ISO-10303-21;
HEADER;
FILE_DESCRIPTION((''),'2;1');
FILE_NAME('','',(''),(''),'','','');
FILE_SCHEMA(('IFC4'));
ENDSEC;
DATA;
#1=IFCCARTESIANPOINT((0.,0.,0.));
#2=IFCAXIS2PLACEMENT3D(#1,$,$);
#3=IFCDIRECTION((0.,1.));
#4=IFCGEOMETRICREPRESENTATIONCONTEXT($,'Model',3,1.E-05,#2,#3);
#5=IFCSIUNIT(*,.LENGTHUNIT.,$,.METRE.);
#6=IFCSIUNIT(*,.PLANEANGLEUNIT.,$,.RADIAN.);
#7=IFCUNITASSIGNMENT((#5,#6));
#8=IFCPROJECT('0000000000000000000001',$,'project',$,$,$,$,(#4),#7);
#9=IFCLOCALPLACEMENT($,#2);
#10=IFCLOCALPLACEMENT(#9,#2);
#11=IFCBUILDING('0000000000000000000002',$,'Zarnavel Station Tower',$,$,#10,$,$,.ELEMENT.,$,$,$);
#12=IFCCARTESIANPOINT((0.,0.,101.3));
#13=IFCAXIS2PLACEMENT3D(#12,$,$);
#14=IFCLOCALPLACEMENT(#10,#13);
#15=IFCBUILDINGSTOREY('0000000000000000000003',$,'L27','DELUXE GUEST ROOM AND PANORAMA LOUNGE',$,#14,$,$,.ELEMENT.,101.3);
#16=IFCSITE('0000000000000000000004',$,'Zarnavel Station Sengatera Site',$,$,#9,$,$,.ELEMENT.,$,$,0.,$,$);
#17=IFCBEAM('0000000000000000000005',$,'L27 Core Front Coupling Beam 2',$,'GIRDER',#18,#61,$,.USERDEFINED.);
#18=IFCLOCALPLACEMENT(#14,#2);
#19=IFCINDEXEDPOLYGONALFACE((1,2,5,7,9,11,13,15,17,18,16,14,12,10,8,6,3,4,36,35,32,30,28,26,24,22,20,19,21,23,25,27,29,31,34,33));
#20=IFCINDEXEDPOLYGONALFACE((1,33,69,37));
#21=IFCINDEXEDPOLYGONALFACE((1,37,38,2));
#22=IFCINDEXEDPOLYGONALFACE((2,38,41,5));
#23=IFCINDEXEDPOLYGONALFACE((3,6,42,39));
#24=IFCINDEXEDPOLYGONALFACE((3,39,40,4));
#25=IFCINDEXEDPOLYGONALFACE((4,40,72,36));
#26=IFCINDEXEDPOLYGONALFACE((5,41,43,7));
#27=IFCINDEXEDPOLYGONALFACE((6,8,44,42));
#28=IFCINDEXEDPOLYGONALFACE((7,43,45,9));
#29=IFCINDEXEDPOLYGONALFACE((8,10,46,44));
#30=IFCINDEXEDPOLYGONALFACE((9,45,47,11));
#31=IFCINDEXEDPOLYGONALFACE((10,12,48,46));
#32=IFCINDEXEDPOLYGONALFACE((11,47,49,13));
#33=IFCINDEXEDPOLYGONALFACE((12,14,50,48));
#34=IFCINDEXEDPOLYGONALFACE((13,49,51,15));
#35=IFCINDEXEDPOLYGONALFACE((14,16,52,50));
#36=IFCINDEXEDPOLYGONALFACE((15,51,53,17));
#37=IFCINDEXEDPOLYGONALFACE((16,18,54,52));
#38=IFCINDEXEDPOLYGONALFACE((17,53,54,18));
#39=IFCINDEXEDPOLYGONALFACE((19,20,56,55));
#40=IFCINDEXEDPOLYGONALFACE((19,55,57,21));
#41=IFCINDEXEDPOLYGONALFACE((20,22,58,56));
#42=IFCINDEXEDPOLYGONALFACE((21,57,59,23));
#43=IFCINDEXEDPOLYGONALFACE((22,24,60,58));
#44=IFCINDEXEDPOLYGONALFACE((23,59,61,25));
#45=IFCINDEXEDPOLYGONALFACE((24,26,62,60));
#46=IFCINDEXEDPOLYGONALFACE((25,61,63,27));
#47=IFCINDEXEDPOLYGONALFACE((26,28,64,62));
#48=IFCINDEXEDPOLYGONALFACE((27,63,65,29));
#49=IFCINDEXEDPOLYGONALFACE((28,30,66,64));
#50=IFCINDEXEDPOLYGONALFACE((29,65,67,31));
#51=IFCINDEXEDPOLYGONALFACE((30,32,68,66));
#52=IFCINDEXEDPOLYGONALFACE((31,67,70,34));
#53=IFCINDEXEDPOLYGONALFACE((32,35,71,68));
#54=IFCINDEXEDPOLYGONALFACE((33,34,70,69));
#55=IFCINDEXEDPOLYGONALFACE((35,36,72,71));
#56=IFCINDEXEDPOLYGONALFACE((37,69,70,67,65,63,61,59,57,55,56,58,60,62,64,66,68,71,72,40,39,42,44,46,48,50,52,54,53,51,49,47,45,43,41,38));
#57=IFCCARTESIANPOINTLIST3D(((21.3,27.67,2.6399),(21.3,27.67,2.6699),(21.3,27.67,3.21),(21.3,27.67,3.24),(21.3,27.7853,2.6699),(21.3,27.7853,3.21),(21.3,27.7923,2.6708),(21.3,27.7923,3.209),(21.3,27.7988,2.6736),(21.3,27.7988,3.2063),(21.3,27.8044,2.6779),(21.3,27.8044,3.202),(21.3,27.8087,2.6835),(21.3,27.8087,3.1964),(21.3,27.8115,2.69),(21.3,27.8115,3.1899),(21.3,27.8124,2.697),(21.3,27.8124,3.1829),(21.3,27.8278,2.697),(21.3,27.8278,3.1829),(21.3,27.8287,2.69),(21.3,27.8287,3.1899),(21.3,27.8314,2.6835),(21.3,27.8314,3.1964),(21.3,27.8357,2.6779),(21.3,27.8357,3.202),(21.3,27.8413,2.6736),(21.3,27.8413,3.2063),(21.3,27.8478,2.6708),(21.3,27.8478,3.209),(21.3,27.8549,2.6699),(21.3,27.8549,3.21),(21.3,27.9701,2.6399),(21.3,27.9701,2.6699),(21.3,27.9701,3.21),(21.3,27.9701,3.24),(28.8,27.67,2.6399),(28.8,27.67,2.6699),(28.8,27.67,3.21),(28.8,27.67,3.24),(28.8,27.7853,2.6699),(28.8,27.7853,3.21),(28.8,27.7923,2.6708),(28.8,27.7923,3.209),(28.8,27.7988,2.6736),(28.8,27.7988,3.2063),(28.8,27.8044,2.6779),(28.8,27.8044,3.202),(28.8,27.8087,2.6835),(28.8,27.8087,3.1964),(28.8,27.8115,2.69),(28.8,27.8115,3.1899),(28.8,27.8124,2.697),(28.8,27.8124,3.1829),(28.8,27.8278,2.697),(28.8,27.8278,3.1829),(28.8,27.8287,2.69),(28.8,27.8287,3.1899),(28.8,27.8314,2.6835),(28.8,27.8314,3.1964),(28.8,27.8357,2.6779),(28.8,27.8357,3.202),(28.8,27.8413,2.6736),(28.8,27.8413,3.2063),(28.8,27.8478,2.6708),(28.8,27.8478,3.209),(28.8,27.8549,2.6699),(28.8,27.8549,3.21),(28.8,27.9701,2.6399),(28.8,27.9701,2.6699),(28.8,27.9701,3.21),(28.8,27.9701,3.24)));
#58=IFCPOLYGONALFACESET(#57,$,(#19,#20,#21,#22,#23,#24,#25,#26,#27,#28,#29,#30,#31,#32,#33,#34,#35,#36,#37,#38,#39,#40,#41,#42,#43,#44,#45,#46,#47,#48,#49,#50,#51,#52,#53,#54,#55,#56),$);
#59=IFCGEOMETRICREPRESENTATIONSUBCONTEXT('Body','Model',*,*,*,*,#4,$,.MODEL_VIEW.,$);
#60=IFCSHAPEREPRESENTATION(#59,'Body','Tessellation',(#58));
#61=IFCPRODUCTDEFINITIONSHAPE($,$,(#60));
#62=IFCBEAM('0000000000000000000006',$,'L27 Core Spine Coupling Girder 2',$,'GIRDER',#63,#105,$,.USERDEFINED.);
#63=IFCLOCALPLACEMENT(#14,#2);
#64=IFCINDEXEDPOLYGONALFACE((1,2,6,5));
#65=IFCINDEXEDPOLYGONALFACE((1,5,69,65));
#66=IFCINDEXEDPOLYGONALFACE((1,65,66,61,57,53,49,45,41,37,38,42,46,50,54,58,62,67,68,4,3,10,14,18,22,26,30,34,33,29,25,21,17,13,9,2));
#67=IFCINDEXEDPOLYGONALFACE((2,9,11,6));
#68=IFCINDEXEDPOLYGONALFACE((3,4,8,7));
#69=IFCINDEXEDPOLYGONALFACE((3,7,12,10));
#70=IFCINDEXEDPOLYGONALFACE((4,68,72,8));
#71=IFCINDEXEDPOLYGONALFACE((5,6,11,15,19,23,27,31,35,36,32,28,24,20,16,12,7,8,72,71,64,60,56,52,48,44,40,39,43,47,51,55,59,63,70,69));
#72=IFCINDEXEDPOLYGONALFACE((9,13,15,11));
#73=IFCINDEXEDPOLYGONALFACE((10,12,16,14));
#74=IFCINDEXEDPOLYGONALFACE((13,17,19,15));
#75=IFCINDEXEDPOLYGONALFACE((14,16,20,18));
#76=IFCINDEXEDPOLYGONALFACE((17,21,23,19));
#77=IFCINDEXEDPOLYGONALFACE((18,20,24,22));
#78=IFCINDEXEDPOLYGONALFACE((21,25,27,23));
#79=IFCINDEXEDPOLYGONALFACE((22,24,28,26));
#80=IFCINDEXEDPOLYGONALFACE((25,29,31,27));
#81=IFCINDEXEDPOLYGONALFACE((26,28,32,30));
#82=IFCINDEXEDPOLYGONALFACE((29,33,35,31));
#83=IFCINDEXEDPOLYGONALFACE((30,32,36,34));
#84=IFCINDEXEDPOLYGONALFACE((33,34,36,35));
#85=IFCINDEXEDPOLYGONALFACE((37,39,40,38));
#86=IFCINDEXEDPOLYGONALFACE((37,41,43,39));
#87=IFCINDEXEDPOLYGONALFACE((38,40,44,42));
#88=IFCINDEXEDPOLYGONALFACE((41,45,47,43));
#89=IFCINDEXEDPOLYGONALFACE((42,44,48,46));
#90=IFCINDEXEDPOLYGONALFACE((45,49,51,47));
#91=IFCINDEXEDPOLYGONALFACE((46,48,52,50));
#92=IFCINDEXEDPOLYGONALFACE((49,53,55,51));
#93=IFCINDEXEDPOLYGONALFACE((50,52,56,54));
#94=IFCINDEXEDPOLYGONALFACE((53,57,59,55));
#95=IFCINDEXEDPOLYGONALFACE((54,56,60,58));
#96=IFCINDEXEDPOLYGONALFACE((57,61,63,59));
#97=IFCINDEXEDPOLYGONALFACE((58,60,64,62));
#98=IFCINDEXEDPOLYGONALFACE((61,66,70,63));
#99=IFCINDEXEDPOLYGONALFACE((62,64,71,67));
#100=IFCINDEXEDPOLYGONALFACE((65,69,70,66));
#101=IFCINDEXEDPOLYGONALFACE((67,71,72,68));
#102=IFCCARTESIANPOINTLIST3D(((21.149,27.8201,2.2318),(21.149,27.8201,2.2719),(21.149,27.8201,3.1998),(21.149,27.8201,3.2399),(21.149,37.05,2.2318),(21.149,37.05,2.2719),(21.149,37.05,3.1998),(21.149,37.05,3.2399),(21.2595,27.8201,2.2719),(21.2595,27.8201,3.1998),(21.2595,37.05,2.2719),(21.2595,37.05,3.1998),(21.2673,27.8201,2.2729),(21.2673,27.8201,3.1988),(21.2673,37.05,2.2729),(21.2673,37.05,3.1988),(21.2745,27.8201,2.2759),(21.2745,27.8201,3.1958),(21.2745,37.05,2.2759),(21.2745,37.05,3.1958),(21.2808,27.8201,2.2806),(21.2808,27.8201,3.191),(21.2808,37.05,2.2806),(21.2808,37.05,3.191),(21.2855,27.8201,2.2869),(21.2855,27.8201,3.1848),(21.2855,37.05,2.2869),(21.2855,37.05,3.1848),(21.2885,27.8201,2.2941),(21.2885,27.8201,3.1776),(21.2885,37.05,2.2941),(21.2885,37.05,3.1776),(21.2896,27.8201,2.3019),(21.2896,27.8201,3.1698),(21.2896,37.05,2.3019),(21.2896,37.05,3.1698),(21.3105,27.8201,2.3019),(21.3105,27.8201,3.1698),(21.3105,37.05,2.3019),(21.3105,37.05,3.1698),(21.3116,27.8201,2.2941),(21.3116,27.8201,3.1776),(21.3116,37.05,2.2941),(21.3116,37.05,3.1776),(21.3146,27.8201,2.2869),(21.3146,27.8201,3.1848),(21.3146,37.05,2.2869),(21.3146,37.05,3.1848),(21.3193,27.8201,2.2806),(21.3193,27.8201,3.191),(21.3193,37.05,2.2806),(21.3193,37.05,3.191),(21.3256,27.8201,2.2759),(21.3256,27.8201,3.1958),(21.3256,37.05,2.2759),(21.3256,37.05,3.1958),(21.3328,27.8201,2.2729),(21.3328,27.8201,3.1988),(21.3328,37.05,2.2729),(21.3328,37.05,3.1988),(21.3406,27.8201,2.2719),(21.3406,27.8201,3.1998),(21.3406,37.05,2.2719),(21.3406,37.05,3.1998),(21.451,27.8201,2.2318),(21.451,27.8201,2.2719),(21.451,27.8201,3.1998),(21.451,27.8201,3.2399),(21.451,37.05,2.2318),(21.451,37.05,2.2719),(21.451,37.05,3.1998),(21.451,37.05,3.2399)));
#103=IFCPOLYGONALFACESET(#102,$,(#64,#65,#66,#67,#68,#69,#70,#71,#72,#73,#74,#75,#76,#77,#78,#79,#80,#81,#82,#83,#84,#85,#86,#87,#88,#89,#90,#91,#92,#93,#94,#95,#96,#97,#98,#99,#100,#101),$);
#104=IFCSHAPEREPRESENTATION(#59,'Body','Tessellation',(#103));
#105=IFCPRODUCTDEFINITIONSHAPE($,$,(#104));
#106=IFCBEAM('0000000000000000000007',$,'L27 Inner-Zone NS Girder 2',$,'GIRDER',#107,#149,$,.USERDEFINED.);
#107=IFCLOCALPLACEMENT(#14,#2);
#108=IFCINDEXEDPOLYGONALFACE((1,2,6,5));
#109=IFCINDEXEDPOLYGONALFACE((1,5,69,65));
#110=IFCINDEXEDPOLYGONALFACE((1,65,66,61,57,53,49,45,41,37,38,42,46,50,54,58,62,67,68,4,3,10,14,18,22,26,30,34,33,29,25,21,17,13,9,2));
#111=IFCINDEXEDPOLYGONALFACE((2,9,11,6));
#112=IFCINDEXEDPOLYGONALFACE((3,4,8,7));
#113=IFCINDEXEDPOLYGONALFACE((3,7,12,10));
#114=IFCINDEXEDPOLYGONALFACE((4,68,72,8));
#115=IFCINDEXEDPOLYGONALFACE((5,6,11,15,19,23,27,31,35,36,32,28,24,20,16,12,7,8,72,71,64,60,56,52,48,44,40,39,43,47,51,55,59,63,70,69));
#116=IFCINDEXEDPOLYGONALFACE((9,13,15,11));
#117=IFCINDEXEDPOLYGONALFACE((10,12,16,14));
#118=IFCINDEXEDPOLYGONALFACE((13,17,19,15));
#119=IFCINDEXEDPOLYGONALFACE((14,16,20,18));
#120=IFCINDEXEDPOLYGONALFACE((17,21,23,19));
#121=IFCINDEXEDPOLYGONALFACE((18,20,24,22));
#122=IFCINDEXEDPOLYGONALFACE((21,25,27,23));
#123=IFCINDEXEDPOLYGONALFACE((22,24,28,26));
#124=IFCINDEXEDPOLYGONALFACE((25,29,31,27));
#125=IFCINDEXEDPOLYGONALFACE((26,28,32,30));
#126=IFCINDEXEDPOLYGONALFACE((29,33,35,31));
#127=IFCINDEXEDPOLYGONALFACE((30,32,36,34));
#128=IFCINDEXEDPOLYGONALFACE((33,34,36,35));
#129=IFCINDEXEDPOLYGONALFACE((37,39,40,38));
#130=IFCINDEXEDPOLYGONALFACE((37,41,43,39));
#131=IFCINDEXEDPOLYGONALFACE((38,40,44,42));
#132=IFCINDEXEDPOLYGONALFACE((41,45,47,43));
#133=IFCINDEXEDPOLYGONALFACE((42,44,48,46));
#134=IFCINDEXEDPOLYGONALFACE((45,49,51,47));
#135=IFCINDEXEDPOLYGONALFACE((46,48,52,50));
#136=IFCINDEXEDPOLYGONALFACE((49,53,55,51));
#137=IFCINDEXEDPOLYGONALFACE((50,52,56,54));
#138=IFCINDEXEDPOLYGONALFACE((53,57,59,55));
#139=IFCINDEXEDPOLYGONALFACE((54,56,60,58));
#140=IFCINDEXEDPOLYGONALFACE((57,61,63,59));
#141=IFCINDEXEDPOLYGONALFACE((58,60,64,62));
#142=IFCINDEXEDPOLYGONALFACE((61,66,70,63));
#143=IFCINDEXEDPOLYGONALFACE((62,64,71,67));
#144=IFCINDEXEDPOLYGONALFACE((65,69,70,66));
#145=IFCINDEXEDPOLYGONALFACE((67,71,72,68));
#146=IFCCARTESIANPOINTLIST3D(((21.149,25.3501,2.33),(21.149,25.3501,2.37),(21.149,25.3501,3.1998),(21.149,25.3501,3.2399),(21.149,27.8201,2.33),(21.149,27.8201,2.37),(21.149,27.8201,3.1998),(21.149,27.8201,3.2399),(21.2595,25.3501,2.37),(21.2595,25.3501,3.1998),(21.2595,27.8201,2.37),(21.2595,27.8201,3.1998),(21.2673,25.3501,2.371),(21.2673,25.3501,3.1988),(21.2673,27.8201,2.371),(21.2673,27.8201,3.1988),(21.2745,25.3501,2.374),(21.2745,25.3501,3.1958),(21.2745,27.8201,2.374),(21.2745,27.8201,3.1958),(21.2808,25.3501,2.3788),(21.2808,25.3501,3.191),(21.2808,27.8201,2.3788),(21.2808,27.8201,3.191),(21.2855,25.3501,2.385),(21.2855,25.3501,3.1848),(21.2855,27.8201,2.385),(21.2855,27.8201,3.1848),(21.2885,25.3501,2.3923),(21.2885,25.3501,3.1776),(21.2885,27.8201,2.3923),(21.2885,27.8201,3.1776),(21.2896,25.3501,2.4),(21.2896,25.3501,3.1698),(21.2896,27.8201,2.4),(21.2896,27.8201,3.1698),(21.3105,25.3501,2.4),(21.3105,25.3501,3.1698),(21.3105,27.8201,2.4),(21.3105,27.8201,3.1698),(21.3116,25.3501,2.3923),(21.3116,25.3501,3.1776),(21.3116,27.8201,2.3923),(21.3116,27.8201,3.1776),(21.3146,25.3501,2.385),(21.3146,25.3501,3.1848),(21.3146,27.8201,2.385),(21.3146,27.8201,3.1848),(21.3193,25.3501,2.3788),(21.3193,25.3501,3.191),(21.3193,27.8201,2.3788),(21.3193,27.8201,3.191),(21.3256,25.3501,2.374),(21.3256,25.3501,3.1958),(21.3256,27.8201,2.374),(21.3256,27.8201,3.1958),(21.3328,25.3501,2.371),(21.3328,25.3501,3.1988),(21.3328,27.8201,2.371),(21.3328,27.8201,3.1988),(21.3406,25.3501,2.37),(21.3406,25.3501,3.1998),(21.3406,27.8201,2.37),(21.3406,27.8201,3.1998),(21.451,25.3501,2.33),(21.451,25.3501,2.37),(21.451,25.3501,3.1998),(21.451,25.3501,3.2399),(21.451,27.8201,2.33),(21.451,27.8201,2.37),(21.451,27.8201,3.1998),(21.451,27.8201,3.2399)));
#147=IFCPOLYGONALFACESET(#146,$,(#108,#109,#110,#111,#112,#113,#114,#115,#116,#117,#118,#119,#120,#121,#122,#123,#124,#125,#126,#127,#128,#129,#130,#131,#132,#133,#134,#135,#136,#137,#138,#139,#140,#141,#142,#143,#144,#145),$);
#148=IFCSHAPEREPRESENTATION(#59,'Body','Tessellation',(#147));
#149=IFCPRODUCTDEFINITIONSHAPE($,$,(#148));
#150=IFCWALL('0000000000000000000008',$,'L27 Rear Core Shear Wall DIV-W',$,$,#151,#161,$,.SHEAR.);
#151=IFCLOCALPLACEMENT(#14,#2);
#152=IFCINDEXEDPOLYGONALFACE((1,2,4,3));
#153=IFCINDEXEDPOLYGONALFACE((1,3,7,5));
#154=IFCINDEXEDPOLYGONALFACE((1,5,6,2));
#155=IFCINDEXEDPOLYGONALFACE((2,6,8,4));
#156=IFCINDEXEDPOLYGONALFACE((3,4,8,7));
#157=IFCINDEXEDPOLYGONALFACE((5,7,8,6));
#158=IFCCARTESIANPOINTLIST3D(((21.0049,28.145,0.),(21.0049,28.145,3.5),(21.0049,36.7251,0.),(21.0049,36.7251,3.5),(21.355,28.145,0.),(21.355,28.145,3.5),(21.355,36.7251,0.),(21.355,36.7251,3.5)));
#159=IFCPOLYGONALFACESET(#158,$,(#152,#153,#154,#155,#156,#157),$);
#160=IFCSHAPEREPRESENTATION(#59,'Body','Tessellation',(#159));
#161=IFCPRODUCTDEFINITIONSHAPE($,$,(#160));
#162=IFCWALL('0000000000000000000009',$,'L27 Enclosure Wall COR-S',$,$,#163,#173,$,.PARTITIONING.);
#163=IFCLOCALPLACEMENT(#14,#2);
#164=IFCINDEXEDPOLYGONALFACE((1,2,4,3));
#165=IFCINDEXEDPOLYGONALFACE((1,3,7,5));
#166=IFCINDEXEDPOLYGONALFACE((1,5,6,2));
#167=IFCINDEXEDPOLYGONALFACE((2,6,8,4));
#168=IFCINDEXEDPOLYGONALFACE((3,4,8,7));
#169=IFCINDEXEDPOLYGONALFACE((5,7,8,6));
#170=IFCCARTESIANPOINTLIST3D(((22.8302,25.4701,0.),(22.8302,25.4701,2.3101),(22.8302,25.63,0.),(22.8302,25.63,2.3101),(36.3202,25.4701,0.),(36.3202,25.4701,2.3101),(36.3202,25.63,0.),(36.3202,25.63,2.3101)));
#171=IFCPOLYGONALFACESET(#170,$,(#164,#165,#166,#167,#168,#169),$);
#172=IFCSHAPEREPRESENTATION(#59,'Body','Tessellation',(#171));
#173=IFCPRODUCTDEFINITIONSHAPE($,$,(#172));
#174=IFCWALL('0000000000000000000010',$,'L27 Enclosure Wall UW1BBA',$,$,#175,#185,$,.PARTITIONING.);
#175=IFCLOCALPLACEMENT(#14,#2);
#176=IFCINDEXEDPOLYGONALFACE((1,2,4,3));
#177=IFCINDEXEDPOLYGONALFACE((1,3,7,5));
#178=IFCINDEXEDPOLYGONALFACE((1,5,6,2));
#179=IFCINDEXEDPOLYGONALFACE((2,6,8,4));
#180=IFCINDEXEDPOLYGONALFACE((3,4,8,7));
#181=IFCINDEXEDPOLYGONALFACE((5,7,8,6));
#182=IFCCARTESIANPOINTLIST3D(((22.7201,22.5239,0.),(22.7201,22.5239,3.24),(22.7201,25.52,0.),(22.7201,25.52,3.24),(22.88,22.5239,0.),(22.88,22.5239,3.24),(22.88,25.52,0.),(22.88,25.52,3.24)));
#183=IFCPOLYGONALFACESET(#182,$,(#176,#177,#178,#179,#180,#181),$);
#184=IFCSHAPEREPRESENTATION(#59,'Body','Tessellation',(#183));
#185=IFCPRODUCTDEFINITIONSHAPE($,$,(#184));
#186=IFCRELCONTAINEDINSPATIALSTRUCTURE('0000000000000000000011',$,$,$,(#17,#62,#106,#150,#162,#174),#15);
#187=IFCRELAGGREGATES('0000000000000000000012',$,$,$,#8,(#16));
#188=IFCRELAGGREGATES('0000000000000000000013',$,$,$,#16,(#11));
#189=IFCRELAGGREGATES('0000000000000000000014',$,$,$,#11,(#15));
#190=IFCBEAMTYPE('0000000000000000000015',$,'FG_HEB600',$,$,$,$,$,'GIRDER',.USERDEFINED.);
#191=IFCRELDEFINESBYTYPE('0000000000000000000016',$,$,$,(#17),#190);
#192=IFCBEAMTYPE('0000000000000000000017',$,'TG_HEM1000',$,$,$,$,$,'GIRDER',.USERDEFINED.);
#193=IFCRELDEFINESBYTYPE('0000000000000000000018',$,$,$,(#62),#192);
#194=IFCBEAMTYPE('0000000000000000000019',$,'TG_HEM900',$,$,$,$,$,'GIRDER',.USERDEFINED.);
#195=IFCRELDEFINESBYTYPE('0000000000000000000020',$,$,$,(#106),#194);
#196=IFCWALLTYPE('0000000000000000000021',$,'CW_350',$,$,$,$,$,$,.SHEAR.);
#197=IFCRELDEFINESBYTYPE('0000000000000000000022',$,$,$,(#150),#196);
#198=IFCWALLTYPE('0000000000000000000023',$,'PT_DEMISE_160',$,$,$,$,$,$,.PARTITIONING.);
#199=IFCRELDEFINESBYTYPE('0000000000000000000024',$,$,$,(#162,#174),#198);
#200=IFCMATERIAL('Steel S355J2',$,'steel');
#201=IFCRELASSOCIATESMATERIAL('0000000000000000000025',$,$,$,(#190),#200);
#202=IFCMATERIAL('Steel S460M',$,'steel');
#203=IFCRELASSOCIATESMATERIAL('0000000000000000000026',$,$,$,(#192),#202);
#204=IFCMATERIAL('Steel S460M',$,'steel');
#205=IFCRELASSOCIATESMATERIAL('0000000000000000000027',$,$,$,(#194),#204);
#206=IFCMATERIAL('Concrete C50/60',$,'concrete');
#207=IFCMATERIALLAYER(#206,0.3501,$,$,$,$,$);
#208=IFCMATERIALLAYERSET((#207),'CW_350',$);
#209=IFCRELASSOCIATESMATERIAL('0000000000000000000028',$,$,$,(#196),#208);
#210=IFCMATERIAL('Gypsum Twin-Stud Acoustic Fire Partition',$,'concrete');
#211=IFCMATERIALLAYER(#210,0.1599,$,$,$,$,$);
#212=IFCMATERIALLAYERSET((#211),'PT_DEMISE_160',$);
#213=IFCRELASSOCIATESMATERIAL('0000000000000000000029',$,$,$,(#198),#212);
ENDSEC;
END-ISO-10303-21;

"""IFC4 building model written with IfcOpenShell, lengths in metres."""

from ifc_helpers import new_model, si_unit, direction, frame, frame_2d, origin, origin_2d, place, context, subcontext, project, spatial, rectangle, i_section, extrude, material, layer, layer_set, material_profile, profile_set, type_object, element, save


model = new_model("IFC4")

# Units and contexts
model_context = context("Model", 3, precision=1e-05, world=origin(), true_north=direction((0.0, 1.0)))
body_context = subcontext(model_context, "Body", "Model", "MODEL_VIEW")
ifc_project = project(units=[si_unit("LENGTHUNIT", "METRE"), si_unit("PLANEANGLEUNIT", "RADIAN")], contexts=[model_context])

# Site, building, storey
site_placement = place(None, origin())
site = spatial("IfcSite", under=ifc_project, at=site_placement, Name="Zarnavel Station Sengatera Site", CompositionType="ELEMENT", RefElevation=0.0)
building_placement = place(site_placement, origin())
building = spatial("IfcBuilding", under=site, at=building_placement, Name="Zarnavel Station Tower", CompositionType="ELEMENT")
storey_placement = place(building_placement, frame((0.0, 0.0, 101.3)))
storey = spatial("IfcBuildingStorey", under=building, at=storey_placement, Name="L27", Description="DELUXE GUEST ROOM AND PANORAMA LOUNGE", CompositionType="ELEMENT", Elevation=101.3)

# Beams
ifc_material_1 = material(Name="Steel S355J2", Category="steel")
ifc_material_profile_1 = material_profile(ifc_material_1, i_section(OverallWidth=0.3, OverallDepth=0.6001, WebThickness=0.0154, FlangeThickness=0.03, FilletRadius=0.0271, at=origin_2d()), Name="HEB600")
ifc_profile_set_1 = profile_set([ifc_material_profile_1], Name="Steel S355J2")
beam_type_1 = type_object("IfcBeamType", Name="FG_HEB600", ElementType="GIRDER", PredefinedType="USERDEFINED", material=ifc_profile_set_1)
beam_1_placement = place(storey_placement, frame((21.3, 27.8201, 2.9399), z_axis=(1.0, 0.0, 0.0), x_axis=(0.0, 1.0, 0.0)))
element("IfcBeam", 1, at=beam_1_placement, inside=storey, type_object=beam_type_1, Name="L27 Core Front Coupling Beam 2", ObjectType="GIRDER", PredefinedType="USERDEFINED", context=body_context, shape_type="SweptSolid", body=[
    extrude(i_section(OverallWidth=0.3, OverallDepth=0.6001, WebThickness=0.0154, FlangeThickness=0.03, FilletRadius=0.0271, at=origin_2d()), origin(), (0.0, 0.0, 1.0), 7.5),
])
ifc_material_2 = material(Name="Steel S460M", Category="steel")
ifc_material_profile_2 = material_profile(ifc_material_2, i_section(OverallWidth=0.302, OverallDepth=1.0081, WebThickness=0.021, FlangeThickness=0.04, FilletRadius=0.03, at=origin_2d()), Name="HEM1000")
ifc_profile_set_2 = profile_set([ifc_material_profile_2], Name="Steel S460M")
beam_type_2 = type_object("IfcBeamType", Name="TG_HEM1000", ElementType="GIRDER", PredefinedType="USERDEFINED", material=ifc_profile_set_2)
beam_2_placement = place(storey_placement, frame((21.3, 27.8201, 2.7358), z_axis=(0.0, 1.0, 0.0), x_axis=(-1.0, 0.0, 0.0)))
element("IfcBeam", 2, at=beam_2_placement, inside=storey, type_object=beam_type_2, Name="L27 Core Spine Coupling Girder 2", ObjectType="GIRDER", PredefinedType="USERDEFINED", context=body_context, shape_type="SweptSolid", body=[
    extrude(i_section(OverallWidth=0.302, OverallDepth=1.0081, WebThickness=0.021, FlangeThickness=0.04, FilletRadius=0.03, at=origin_2d()), origin(), (0.0, 0.0, 1.0), 9.23),
])
ifc_material_3 = material(Name="Steel S460M", Category="steel")
ifc_material_profile_3 = material_profile(ifc_material_3, i_section(OverallWidth=0.302, OverallDepth=0.9099, WebThickness=0.021, FlangeThickness=0.04, FilletRadius=0.03, at=origin_2d()), Name="HEM900")
ifc_profile_set_3 = profile_set([ifc_material_profile_3], Name="Steel S460M")
beam_type_3 = type_object("IfcBeamType", Name="TG_HEM900", ElementType="GIRDER", PredefinedType="USERDEFINED", material=ifc_profile_set_3)
beam_3_placement = place(storey_placement, frame((21.3, 25.3501, 2.7849), z_axis=(0.0, 1.0, 0.0), x_axis=(-1.0, 0.0, 0.0)))
element("IfcBeam", 3, at=beam_3_placement, inside=storey, type_object=beam_type_3, Name="L27 Inner-Zone NS Girder 2", ObjectType="GIRDER", PredefinedType="USERDEFINED", context=body_context, shape_type="SweptSolid", body=[
    extrude(i_section(OverallWidth=0.302, OverallDepth=0.9099, WebThickness=0.021, FlangeThickness=0.04, FilletRadius=0.03, at=origin_2d()), origin(), (0.0, 0.0, 1.0), 2.47),
])

# Wall
ifc_material_4 = material(Name="Concrete C50/60", Category="concrete")
ifc_layer_1 = layer(ifc_material_4, 0.3501)
ifc_layer_set_1 = layer_set([ifc_layer_1], Name="CW_350")
wall_type_1 = type_object("IfcWallType", Name="CW_350", PredefinedType="SHEAR", material=ifc_layer_set_1)
wall_1_placement = place(storey_placement, frame((21.1799, 28.145, 0.0), z_axis=(0.0, 0.0, 1.0), x_axis=(0.0, 1.0, 0.0)))
element("IfcWall", 4, at=wall_1_placement, inside=storey, type_object=wall_type_1, Name="L27 Rear Core Shear Wall DIV-W", PredefinedType="SHEAR", context=body_context, shape_type="SweptSolid", body=[
    extrude(rectangle(XDim=8.5801, YDim=0.3501, at=frame_2d((4.29, 0.0))), origin(), (0.0, 0.0, 1.0), 3.5),
])

# Walls
ifc_material_5 = material(Name="Gypsum Twin-Stud Acoustic Fire Partition", Category="concrete")
ifc_layer_2 = layer(ifc_material_5, 0.1599)
ifc_layer_set_2 = layer_set([ifc_layer_2], Name="PT_DEMISE_160")
wall_type_2 = type_object("IfcWallType", Name="PT_DEMISE_160", PredefinedType="PARTITIONING", material=ifc_layer_set_2)
wall_2_placement = place(storey_placement, frame((22.8301, 25.55, 0.0), z_axis=(0.0, 0.0, 1.0), x_axis=(1.0, 0.0, 0.0)))
element("IfcWall", 5, at=wall_2_placement, inside=storey, type_object=wall_type_2, Name="L27 Enclosure Wall COR-S", PredefinedType="PARTITIONING", context=body_context, shape_type="SweptSolid", body=[
    extrude(rectangle(XDim=13.49, YDim=0.1599, at=frame_2d((6.7451, 0.0))), origin(), (0.0, 0.0, 1.0), 2.3101),
])
wall_3_placement = place(storey_placement, frame((22.8, 22.5239, 0.0), z_axis=(0.0, 0.0, 1.0), x_axis=(0.0, 1.0, 0.0)))
element("IfcWall", 6, at=wall_3_placement, inside=storey, type_object=wall_type_2, Name="L27 Enclosure Wall UW1BBA", PredefinedType="PARTITIONING", context=body_context, shape_type="SweptSolid", body=[
    extrude(rectangle(XDim=2.9961, YDim=0.1599, at=frame_2d((1.498, 0.0))), origin(), (0.0, 0.0, 1.0), 3.24),
])

save(model, "model.ifc")
